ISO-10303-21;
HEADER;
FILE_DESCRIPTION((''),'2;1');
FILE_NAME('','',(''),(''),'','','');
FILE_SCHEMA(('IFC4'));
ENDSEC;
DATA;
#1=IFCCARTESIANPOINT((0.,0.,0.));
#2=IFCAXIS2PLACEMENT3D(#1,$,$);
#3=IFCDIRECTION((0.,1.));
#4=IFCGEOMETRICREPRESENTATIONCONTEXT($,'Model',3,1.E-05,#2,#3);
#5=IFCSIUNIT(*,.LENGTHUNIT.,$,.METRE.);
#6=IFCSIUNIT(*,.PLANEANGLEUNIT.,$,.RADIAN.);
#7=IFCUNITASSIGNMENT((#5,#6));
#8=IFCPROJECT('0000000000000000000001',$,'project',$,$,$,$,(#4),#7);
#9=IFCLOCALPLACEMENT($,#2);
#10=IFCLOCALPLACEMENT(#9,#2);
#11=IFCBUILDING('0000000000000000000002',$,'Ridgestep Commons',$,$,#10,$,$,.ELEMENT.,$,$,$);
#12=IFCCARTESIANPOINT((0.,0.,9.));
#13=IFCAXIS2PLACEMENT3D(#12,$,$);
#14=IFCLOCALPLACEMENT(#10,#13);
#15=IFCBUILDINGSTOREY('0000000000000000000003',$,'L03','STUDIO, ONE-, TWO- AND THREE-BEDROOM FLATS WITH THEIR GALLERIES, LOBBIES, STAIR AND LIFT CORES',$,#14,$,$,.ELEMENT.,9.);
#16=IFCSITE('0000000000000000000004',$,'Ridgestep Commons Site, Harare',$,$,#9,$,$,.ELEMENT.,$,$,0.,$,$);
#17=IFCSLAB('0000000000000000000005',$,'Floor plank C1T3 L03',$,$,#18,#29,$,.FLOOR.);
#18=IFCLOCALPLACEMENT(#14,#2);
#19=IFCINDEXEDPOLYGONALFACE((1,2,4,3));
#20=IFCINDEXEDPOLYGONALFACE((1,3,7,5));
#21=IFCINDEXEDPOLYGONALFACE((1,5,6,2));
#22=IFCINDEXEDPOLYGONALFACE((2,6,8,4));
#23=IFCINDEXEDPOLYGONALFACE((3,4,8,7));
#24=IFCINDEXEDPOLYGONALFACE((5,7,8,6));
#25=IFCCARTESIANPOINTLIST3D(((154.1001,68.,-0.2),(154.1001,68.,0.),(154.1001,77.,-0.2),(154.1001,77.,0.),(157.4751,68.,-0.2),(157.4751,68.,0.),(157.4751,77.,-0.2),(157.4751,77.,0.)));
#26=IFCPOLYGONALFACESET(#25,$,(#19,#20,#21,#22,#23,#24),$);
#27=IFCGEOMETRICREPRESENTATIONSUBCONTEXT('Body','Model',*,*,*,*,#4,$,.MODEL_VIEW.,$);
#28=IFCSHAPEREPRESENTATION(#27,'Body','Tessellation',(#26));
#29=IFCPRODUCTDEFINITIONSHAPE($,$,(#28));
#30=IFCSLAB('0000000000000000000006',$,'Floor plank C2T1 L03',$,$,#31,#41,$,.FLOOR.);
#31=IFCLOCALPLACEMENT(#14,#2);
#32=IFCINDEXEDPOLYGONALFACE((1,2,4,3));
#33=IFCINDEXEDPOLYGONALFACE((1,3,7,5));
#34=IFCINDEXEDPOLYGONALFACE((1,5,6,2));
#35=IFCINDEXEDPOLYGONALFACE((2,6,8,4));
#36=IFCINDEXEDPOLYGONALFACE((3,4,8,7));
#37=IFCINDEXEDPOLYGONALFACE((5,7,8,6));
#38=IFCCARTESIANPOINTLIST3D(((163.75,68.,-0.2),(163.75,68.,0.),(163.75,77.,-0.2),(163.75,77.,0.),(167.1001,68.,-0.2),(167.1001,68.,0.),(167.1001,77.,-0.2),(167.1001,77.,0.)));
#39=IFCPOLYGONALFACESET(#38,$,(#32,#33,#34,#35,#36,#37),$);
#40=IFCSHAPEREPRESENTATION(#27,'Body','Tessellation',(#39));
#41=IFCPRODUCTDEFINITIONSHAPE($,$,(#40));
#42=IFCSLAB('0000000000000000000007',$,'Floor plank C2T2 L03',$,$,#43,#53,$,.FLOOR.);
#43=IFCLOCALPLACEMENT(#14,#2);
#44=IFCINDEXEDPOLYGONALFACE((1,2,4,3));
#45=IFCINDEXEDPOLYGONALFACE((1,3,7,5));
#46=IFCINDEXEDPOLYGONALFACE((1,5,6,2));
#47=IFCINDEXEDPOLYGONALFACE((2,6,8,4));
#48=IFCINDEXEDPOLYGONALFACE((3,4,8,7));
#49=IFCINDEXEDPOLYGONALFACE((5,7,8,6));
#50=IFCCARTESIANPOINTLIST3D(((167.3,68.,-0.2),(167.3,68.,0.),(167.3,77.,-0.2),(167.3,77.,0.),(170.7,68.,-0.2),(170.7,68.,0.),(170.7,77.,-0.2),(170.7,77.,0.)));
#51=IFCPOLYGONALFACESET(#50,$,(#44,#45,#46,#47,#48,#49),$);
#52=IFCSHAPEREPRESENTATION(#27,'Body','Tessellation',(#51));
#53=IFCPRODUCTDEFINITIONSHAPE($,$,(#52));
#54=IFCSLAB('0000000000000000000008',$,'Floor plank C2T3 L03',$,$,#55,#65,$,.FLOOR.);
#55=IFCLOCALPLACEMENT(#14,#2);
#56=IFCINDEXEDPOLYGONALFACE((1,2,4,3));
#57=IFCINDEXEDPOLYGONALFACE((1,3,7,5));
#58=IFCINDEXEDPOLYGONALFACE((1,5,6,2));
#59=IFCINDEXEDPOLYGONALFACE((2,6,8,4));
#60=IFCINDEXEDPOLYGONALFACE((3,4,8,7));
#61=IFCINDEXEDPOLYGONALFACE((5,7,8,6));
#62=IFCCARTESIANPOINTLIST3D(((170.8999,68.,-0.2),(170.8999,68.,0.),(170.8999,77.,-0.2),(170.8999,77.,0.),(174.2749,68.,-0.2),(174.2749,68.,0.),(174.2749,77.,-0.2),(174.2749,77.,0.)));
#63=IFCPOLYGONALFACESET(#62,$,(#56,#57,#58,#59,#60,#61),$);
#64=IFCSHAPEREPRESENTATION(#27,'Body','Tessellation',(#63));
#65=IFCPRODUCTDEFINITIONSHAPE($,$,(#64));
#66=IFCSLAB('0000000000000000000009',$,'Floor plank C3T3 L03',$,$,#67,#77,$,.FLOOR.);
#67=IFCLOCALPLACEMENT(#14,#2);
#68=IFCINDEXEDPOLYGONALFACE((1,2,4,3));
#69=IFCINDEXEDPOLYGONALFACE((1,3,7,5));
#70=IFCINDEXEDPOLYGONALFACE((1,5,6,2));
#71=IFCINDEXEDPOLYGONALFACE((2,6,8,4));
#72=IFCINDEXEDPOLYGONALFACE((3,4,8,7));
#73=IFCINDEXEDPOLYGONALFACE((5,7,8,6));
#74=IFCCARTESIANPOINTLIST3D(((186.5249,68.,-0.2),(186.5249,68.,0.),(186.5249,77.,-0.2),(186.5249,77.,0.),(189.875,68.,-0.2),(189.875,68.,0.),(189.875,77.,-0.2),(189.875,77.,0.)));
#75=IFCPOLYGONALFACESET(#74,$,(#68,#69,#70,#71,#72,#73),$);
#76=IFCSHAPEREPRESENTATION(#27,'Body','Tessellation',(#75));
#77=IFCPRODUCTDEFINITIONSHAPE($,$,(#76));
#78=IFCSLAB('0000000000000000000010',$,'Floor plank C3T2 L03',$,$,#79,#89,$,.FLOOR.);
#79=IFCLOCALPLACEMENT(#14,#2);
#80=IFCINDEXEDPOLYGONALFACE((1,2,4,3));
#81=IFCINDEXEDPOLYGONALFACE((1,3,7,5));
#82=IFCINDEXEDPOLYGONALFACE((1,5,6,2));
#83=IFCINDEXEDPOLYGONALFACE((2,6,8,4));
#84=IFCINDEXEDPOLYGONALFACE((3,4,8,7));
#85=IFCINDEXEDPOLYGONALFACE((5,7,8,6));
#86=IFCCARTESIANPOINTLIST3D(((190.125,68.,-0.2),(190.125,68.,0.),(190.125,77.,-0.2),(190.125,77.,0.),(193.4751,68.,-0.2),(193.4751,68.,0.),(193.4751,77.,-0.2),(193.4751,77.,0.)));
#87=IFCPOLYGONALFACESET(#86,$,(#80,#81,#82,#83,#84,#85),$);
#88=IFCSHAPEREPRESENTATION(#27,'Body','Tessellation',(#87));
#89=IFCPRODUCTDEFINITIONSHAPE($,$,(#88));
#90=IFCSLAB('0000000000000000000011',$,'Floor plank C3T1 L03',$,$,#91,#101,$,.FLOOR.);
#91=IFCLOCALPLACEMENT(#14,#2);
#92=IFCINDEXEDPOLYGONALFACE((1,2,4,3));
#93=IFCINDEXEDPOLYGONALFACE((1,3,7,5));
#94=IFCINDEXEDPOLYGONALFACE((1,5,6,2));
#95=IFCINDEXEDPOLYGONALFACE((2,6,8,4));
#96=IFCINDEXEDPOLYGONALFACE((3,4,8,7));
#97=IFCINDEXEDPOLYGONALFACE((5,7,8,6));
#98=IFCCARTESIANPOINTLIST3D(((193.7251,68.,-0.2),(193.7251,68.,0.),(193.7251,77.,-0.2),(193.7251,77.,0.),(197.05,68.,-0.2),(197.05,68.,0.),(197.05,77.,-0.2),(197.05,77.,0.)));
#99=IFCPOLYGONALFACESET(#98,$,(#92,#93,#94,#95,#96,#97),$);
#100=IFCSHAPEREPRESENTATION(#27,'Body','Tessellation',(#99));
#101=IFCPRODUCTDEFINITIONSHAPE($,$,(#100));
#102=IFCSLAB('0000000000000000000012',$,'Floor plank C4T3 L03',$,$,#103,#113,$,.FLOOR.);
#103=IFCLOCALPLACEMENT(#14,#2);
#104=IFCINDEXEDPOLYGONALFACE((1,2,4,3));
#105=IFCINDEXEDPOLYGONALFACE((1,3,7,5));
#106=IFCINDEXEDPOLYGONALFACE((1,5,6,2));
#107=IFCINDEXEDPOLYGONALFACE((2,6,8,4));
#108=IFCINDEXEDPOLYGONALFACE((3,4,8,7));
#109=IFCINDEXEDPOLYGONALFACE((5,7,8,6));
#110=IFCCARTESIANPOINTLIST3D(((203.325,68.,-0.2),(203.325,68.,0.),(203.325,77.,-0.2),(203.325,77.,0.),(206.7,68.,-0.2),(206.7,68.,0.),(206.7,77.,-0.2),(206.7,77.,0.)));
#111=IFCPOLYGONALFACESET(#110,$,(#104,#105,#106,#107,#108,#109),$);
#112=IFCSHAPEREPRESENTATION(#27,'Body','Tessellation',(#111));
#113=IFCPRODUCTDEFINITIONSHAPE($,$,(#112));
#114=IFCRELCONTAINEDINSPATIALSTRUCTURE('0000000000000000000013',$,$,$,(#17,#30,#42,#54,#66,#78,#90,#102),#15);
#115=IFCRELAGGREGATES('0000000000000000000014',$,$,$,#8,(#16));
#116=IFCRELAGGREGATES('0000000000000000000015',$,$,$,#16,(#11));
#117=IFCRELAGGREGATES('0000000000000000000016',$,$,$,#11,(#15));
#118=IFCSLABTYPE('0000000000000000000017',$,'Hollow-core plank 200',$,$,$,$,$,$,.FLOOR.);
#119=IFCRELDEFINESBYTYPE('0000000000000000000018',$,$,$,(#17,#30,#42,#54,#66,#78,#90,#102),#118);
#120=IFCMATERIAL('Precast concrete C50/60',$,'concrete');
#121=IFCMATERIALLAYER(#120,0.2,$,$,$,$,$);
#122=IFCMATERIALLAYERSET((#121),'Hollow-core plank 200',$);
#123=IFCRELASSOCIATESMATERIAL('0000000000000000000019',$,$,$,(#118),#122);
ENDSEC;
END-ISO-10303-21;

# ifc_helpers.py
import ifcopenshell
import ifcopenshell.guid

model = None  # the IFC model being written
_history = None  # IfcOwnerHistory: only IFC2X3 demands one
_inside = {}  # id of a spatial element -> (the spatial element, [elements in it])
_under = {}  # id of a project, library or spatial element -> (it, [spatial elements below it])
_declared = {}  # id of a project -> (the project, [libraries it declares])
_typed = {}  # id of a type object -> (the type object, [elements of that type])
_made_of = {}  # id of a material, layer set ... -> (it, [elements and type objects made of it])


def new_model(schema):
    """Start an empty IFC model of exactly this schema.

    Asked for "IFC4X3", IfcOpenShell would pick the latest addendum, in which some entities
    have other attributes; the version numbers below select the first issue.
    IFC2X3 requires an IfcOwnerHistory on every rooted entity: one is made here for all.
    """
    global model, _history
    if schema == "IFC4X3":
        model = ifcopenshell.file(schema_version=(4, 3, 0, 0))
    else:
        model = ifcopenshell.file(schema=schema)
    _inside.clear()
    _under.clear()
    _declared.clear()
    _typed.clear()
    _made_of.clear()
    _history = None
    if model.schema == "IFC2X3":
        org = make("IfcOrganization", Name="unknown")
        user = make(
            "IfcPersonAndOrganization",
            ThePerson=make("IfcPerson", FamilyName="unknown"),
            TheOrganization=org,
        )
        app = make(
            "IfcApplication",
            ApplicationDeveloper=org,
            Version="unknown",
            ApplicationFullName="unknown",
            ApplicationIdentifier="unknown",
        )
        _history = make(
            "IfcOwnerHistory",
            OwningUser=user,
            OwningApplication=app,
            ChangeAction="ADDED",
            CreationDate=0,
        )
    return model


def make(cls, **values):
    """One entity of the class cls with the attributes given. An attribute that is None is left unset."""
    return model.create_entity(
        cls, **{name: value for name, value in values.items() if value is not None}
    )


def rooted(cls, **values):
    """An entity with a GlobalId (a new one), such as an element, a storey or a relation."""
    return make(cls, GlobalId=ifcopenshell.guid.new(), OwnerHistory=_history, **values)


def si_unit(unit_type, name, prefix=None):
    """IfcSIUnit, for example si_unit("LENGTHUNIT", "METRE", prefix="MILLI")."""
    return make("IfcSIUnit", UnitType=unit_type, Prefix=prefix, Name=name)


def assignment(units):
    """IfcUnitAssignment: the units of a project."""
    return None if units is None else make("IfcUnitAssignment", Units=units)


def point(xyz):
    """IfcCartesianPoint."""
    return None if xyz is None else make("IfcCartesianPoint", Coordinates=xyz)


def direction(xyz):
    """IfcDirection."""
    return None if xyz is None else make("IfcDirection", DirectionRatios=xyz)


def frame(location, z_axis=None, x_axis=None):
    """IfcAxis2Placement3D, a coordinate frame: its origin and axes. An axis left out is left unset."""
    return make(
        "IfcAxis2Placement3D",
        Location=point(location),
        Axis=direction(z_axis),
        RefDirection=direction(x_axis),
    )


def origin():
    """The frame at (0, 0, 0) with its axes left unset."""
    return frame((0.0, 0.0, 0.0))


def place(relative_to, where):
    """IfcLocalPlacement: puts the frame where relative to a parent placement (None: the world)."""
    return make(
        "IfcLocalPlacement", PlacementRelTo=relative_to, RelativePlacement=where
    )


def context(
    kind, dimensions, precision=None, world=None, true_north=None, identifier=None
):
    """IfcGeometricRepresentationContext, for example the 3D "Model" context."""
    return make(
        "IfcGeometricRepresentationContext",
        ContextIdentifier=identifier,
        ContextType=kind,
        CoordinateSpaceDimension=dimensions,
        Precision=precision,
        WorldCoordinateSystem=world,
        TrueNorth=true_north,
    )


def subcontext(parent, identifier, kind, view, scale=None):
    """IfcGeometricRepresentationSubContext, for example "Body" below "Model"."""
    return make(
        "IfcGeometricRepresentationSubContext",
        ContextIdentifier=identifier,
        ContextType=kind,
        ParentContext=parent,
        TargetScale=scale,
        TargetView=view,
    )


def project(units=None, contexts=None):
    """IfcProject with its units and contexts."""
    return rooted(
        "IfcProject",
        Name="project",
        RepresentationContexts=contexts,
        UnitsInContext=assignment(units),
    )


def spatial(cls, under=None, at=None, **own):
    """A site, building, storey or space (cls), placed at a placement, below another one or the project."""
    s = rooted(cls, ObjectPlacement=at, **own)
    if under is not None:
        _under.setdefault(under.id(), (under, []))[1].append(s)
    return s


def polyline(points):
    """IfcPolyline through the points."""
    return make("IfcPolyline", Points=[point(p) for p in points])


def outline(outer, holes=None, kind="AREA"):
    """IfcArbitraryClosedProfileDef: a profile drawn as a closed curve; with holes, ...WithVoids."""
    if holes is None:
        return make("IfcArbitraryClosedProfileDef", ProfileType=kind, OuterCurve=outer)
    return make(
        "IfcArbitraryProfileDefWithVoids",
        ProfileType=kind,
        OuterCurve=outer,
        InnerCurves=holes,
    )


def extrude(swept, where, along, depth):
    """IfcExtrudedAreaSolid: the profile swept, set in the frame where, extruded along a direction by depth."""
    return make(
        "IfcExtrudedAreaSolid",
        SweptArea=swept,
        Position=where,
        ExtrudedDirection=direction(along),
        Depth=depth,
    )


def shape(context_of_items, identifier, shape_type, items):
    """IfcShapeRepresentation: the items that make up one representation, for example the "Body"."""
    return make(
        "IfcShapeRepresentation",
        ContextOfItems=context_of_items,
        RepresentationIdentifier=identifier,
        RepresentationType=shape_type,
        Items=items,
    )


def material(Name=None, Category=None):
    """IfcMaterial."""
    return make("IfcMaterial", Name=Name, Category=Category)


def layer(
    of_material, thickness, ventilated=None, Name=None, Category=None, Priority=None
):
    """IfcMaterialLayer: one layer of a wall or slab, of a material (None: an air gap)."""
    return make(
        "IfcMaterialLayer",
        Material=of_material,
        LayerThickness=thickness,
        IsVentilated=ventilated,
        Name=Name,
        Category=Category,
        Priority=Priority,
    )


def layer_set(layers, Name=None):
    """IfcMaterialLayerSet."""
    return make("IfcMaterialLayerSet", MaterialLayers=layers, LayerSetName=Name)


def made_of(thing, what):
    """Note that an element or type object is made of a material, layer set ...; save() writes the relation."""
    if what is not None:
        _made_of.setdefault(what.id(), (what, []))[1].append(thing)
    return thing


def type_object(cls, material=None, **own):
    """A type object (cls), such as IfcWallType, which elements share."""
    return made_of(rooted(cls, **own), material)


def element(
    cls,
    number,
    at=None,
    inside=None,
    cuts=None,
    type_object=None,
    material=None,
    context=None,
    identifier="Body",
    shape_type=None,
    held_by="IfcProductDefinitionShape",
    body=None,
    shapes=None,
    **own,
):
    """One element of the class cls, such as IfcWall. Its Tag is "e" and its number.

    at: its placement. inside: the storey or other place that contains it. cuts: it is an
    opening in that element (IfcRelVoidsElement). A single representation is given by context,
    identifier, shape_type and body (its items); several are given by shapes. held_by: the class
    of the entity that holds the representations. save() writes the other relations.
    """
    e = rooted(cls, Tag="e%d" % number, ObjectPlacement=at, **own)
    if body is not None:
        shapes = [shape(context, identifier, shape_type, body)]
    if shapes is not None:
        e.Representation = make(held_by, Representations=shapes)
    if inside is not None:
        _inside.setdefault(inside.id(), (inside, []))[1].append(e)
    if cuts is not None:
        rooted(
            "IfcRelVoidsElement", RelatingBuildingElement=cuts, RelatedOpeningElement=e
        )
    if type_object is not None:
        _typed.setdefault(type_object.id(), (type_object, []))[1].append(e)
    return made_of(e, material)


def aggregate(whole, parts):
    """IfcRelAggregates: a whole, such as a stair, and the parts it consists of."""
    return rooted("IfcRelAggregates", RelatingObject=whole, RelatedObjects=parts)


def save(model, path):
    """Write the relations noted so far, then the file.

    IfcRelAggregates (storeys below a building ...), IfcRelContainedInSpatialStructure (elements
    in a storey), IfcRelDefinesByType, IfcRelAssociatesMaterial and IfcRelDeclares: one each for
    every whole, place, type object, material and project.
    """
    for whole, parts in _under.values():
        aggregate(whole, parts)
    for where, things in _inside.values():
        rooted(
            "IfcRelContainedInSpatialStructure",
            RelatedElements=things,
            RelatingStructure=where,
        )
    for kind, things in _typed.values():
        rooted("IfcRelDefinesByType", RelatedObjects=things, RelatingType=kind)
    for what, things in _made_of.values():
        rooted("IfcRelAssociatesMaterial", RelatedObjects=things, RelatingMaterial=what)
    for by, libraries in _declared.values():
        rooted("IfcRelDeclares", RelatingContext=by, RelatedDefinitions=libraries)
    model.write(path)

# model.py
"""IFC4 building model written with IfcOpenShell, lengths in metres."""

from ifc_helpers import new_model, si_unit, direction, frame, origin, place, context, subcontext, project, spatial, polyline, outline, extrude, material, layer, layer_set, type_object, element, save


model = new_model("IFC4")

# Units and contexts
model_context = context("Model", 3, precision=1e-05, world=origin(), true_north=direction((0.0, 1.0)))
body_context = subcontext(model_context, "Body", "Model", "MODEL_VIEW")
ifc_project = project(units=[si_unit("LENGTHUNIT", "METRE"), si_unit("PLANEANGLEUNIT", "RADIAN")], contexts=[model_context])

# Site, building, storey
site_placement = place(None, origin())
site = spatial("IfcSite", under=ifc_project, at=site_placement, Name="Ridgestep Commons Site, Harare", CompositionType="ELEMENT", RefElevation=0.0)
building_placement = place(site_placement, origin())
building = spatial("IfcBuilding", under=site, at=building_placement, Name="Ridgestep Commons", CompositionType="ELEMENT")
storey_placement = place(building_placement, frame((0.0, 0.0, 9.0)))
storey = spatial("IfcBuildingStorey", under=building, at=storey_placement, Name="L03", Description="STUDIO, ONE-, TWO- AND THREE-BEDROOM FLATS WITH THEIR GALLERIES, LOBBIES, STAIR AND LIFT CORES", CompositionType="ELEMENT", Elevation=9.0)

# Slabs
ifc_material_1 = material(Name="Precast concrete C50/60", Category="concrete")
ifc_layer_1 = layer(ifc_material_1, 0.2)
ifc_layer_set_1 = layer_set([ifc_layer_1], Name="Hollow-core plank 200")
slab_type_1 = type_object("IfcSlabType", Name="Hollow-core plank 200", PredefinedType="FLOOR", material=ifc_layer_set_1)
slab_1_placement = place(storey_placement, frame((0.0, 0.0, -0.2)))
element("IfcSlab", 1, at=slab_1_placement, inside=storey, type_object=slab_type_1, Name="Floor plank C1T3 L03", PredefinedType="FLOOR", context=body_context, shape_type="SweptSolid", body=[
    extrude(outline(polyline([(157.4751, 68.0), (157.4751, 77.0), (154.1001, 77.0), (154.1001, 68.0), (157.4751, 68.0)])), origin(), (0.0, 0.0, 1.0), 0.2),
])
slab_2_placement = place(storey_placement, frame((0.0, 0.0, -0.2)))
element("IfcSlab", 2, at=slab_2_placement, inside=storey, type_object=slab_type_1, Name="Floor plank C2T1 L03", PredefinedType="FLOOR", context=body_context, shape_type="SweptSolid", body=[
    extrude(outline(polyline([(167.1001, 68.0), (167.1001, 77.0), (163.75, 77.0), (163.75, 68.0), (167.1001, 68.0)])), origin(), (0.0, 0.0, 1.0), 0.2),
])
slab_3_placement = place(storey_placement, frame((0.0, 0.0, -0.2)))
element("IfcSlab", 3, at=slab_3_placement, inside=storey, type_object=slab_type_1, Name="Floor plank C2T2 L03", PredefinedType="FLOOR", context=body_context, shape_type="SweptSolid", body=[
    extrude(outline(polyline([(170.7, 68.0), (170.7, 77.0), (167.3, 77.0), (167.3, 68.0), (170.7, 68.0)])), origin(), (0.0, 0.0, 1.0), 0.2),
])
slab_4_placement = place(storey_placement, frame((0.0, 0.0, -0.2)))
element("IfcSlab", 4, at=slab_4_placement, inside=storey, type_object=slab_type_1, Name="Floor plank C2T3 L03", PredefinedType="FLOOR", context=body_context, shape_type="SweptSolid", body=[
    extrude(outline(polyline([(174.2749, 68.0), (174.2749, 77.0), (170.8999, 77.0), (170.8999, 68.0), (174.2749, 68.0)])), origin(), (0.0, 0.0, 1.0), 0.2),
])
slab_5_placement = place(storey_placement, frame((0.0, 0.0, -0.2)))
element("IfcSlab", 5, at=slab_5_placement, inside=storey, type_object=slab_type_1, Name="Floor plank C3T3 L03", PredefinedType="FLOOR", context=body_context, shape_type="SweptSolid", body=[
    extrude(outline(polyline([(189.875, 68.0), (189.875, 77.0), (186.5249, 77.0), (186.5249, 68.0), (189.875, 68.0)])), origin(), (0.0, 0.0, 1.0), 0.2),
])
slab_6_placement = place(storey_placement, frame((0.0, 0.0, -0.2)))
element("IfcSlab", 6, at=slab_6_placement, inside=storey, type_object=slab_type_1, Name="Floor plank C3T2 L03", PredefinedType="FLOOR", context=body_context, shape_type="SweptSolid", body=[
    extrude(outline(polyline([(193.4751, 68.0), (193.4751, 77.0), (190.125, 77.0), (190.125, 68.0), (193.4751, 68.0)])), origin(), (0.0, 0.0, 1.0), 0.2),
])
slab_7_placement = place(storey_placement, frame((0.0, 0.0, -0.2)))
element("IfcSlab", 7, at=slab_7_placement, inside=storey, type_object=slab_type_1, Name="Floor plank C3T1 L03", PredefinedType="FLOOR", context=body_context, shape_type="SweptSolid", body=[
    extrude(outline(polyline([(197.05, 68.0), (197.05, 77.0), (193.7251, 77.0), (193.7251, 68.0), (197.05, 68.0)])), origin(), (0.0, 0.0, 1.0), 0.2),
])
slab_8_placement = place(storey_placement, frame((0.0, 0.0, -0.2)))
element("IfcSlab", 8, at=slab_8_placement, inside=storey, type_object=slab_type_1, Name="Floor plank C4T3 L03", PredefinedType="FLOOR", context=body_context, shape_type="SweptSolid", body=[
    extrude(outline(polyline([(206.7, 68.0), (206.7, 77.0), (203.325, 77.0), (203.325, 68.0), (206.7, 68.0)])), origin(), (0.0, 0.0, 1.0), 0.2),
])

save(model, "model.ifc")
